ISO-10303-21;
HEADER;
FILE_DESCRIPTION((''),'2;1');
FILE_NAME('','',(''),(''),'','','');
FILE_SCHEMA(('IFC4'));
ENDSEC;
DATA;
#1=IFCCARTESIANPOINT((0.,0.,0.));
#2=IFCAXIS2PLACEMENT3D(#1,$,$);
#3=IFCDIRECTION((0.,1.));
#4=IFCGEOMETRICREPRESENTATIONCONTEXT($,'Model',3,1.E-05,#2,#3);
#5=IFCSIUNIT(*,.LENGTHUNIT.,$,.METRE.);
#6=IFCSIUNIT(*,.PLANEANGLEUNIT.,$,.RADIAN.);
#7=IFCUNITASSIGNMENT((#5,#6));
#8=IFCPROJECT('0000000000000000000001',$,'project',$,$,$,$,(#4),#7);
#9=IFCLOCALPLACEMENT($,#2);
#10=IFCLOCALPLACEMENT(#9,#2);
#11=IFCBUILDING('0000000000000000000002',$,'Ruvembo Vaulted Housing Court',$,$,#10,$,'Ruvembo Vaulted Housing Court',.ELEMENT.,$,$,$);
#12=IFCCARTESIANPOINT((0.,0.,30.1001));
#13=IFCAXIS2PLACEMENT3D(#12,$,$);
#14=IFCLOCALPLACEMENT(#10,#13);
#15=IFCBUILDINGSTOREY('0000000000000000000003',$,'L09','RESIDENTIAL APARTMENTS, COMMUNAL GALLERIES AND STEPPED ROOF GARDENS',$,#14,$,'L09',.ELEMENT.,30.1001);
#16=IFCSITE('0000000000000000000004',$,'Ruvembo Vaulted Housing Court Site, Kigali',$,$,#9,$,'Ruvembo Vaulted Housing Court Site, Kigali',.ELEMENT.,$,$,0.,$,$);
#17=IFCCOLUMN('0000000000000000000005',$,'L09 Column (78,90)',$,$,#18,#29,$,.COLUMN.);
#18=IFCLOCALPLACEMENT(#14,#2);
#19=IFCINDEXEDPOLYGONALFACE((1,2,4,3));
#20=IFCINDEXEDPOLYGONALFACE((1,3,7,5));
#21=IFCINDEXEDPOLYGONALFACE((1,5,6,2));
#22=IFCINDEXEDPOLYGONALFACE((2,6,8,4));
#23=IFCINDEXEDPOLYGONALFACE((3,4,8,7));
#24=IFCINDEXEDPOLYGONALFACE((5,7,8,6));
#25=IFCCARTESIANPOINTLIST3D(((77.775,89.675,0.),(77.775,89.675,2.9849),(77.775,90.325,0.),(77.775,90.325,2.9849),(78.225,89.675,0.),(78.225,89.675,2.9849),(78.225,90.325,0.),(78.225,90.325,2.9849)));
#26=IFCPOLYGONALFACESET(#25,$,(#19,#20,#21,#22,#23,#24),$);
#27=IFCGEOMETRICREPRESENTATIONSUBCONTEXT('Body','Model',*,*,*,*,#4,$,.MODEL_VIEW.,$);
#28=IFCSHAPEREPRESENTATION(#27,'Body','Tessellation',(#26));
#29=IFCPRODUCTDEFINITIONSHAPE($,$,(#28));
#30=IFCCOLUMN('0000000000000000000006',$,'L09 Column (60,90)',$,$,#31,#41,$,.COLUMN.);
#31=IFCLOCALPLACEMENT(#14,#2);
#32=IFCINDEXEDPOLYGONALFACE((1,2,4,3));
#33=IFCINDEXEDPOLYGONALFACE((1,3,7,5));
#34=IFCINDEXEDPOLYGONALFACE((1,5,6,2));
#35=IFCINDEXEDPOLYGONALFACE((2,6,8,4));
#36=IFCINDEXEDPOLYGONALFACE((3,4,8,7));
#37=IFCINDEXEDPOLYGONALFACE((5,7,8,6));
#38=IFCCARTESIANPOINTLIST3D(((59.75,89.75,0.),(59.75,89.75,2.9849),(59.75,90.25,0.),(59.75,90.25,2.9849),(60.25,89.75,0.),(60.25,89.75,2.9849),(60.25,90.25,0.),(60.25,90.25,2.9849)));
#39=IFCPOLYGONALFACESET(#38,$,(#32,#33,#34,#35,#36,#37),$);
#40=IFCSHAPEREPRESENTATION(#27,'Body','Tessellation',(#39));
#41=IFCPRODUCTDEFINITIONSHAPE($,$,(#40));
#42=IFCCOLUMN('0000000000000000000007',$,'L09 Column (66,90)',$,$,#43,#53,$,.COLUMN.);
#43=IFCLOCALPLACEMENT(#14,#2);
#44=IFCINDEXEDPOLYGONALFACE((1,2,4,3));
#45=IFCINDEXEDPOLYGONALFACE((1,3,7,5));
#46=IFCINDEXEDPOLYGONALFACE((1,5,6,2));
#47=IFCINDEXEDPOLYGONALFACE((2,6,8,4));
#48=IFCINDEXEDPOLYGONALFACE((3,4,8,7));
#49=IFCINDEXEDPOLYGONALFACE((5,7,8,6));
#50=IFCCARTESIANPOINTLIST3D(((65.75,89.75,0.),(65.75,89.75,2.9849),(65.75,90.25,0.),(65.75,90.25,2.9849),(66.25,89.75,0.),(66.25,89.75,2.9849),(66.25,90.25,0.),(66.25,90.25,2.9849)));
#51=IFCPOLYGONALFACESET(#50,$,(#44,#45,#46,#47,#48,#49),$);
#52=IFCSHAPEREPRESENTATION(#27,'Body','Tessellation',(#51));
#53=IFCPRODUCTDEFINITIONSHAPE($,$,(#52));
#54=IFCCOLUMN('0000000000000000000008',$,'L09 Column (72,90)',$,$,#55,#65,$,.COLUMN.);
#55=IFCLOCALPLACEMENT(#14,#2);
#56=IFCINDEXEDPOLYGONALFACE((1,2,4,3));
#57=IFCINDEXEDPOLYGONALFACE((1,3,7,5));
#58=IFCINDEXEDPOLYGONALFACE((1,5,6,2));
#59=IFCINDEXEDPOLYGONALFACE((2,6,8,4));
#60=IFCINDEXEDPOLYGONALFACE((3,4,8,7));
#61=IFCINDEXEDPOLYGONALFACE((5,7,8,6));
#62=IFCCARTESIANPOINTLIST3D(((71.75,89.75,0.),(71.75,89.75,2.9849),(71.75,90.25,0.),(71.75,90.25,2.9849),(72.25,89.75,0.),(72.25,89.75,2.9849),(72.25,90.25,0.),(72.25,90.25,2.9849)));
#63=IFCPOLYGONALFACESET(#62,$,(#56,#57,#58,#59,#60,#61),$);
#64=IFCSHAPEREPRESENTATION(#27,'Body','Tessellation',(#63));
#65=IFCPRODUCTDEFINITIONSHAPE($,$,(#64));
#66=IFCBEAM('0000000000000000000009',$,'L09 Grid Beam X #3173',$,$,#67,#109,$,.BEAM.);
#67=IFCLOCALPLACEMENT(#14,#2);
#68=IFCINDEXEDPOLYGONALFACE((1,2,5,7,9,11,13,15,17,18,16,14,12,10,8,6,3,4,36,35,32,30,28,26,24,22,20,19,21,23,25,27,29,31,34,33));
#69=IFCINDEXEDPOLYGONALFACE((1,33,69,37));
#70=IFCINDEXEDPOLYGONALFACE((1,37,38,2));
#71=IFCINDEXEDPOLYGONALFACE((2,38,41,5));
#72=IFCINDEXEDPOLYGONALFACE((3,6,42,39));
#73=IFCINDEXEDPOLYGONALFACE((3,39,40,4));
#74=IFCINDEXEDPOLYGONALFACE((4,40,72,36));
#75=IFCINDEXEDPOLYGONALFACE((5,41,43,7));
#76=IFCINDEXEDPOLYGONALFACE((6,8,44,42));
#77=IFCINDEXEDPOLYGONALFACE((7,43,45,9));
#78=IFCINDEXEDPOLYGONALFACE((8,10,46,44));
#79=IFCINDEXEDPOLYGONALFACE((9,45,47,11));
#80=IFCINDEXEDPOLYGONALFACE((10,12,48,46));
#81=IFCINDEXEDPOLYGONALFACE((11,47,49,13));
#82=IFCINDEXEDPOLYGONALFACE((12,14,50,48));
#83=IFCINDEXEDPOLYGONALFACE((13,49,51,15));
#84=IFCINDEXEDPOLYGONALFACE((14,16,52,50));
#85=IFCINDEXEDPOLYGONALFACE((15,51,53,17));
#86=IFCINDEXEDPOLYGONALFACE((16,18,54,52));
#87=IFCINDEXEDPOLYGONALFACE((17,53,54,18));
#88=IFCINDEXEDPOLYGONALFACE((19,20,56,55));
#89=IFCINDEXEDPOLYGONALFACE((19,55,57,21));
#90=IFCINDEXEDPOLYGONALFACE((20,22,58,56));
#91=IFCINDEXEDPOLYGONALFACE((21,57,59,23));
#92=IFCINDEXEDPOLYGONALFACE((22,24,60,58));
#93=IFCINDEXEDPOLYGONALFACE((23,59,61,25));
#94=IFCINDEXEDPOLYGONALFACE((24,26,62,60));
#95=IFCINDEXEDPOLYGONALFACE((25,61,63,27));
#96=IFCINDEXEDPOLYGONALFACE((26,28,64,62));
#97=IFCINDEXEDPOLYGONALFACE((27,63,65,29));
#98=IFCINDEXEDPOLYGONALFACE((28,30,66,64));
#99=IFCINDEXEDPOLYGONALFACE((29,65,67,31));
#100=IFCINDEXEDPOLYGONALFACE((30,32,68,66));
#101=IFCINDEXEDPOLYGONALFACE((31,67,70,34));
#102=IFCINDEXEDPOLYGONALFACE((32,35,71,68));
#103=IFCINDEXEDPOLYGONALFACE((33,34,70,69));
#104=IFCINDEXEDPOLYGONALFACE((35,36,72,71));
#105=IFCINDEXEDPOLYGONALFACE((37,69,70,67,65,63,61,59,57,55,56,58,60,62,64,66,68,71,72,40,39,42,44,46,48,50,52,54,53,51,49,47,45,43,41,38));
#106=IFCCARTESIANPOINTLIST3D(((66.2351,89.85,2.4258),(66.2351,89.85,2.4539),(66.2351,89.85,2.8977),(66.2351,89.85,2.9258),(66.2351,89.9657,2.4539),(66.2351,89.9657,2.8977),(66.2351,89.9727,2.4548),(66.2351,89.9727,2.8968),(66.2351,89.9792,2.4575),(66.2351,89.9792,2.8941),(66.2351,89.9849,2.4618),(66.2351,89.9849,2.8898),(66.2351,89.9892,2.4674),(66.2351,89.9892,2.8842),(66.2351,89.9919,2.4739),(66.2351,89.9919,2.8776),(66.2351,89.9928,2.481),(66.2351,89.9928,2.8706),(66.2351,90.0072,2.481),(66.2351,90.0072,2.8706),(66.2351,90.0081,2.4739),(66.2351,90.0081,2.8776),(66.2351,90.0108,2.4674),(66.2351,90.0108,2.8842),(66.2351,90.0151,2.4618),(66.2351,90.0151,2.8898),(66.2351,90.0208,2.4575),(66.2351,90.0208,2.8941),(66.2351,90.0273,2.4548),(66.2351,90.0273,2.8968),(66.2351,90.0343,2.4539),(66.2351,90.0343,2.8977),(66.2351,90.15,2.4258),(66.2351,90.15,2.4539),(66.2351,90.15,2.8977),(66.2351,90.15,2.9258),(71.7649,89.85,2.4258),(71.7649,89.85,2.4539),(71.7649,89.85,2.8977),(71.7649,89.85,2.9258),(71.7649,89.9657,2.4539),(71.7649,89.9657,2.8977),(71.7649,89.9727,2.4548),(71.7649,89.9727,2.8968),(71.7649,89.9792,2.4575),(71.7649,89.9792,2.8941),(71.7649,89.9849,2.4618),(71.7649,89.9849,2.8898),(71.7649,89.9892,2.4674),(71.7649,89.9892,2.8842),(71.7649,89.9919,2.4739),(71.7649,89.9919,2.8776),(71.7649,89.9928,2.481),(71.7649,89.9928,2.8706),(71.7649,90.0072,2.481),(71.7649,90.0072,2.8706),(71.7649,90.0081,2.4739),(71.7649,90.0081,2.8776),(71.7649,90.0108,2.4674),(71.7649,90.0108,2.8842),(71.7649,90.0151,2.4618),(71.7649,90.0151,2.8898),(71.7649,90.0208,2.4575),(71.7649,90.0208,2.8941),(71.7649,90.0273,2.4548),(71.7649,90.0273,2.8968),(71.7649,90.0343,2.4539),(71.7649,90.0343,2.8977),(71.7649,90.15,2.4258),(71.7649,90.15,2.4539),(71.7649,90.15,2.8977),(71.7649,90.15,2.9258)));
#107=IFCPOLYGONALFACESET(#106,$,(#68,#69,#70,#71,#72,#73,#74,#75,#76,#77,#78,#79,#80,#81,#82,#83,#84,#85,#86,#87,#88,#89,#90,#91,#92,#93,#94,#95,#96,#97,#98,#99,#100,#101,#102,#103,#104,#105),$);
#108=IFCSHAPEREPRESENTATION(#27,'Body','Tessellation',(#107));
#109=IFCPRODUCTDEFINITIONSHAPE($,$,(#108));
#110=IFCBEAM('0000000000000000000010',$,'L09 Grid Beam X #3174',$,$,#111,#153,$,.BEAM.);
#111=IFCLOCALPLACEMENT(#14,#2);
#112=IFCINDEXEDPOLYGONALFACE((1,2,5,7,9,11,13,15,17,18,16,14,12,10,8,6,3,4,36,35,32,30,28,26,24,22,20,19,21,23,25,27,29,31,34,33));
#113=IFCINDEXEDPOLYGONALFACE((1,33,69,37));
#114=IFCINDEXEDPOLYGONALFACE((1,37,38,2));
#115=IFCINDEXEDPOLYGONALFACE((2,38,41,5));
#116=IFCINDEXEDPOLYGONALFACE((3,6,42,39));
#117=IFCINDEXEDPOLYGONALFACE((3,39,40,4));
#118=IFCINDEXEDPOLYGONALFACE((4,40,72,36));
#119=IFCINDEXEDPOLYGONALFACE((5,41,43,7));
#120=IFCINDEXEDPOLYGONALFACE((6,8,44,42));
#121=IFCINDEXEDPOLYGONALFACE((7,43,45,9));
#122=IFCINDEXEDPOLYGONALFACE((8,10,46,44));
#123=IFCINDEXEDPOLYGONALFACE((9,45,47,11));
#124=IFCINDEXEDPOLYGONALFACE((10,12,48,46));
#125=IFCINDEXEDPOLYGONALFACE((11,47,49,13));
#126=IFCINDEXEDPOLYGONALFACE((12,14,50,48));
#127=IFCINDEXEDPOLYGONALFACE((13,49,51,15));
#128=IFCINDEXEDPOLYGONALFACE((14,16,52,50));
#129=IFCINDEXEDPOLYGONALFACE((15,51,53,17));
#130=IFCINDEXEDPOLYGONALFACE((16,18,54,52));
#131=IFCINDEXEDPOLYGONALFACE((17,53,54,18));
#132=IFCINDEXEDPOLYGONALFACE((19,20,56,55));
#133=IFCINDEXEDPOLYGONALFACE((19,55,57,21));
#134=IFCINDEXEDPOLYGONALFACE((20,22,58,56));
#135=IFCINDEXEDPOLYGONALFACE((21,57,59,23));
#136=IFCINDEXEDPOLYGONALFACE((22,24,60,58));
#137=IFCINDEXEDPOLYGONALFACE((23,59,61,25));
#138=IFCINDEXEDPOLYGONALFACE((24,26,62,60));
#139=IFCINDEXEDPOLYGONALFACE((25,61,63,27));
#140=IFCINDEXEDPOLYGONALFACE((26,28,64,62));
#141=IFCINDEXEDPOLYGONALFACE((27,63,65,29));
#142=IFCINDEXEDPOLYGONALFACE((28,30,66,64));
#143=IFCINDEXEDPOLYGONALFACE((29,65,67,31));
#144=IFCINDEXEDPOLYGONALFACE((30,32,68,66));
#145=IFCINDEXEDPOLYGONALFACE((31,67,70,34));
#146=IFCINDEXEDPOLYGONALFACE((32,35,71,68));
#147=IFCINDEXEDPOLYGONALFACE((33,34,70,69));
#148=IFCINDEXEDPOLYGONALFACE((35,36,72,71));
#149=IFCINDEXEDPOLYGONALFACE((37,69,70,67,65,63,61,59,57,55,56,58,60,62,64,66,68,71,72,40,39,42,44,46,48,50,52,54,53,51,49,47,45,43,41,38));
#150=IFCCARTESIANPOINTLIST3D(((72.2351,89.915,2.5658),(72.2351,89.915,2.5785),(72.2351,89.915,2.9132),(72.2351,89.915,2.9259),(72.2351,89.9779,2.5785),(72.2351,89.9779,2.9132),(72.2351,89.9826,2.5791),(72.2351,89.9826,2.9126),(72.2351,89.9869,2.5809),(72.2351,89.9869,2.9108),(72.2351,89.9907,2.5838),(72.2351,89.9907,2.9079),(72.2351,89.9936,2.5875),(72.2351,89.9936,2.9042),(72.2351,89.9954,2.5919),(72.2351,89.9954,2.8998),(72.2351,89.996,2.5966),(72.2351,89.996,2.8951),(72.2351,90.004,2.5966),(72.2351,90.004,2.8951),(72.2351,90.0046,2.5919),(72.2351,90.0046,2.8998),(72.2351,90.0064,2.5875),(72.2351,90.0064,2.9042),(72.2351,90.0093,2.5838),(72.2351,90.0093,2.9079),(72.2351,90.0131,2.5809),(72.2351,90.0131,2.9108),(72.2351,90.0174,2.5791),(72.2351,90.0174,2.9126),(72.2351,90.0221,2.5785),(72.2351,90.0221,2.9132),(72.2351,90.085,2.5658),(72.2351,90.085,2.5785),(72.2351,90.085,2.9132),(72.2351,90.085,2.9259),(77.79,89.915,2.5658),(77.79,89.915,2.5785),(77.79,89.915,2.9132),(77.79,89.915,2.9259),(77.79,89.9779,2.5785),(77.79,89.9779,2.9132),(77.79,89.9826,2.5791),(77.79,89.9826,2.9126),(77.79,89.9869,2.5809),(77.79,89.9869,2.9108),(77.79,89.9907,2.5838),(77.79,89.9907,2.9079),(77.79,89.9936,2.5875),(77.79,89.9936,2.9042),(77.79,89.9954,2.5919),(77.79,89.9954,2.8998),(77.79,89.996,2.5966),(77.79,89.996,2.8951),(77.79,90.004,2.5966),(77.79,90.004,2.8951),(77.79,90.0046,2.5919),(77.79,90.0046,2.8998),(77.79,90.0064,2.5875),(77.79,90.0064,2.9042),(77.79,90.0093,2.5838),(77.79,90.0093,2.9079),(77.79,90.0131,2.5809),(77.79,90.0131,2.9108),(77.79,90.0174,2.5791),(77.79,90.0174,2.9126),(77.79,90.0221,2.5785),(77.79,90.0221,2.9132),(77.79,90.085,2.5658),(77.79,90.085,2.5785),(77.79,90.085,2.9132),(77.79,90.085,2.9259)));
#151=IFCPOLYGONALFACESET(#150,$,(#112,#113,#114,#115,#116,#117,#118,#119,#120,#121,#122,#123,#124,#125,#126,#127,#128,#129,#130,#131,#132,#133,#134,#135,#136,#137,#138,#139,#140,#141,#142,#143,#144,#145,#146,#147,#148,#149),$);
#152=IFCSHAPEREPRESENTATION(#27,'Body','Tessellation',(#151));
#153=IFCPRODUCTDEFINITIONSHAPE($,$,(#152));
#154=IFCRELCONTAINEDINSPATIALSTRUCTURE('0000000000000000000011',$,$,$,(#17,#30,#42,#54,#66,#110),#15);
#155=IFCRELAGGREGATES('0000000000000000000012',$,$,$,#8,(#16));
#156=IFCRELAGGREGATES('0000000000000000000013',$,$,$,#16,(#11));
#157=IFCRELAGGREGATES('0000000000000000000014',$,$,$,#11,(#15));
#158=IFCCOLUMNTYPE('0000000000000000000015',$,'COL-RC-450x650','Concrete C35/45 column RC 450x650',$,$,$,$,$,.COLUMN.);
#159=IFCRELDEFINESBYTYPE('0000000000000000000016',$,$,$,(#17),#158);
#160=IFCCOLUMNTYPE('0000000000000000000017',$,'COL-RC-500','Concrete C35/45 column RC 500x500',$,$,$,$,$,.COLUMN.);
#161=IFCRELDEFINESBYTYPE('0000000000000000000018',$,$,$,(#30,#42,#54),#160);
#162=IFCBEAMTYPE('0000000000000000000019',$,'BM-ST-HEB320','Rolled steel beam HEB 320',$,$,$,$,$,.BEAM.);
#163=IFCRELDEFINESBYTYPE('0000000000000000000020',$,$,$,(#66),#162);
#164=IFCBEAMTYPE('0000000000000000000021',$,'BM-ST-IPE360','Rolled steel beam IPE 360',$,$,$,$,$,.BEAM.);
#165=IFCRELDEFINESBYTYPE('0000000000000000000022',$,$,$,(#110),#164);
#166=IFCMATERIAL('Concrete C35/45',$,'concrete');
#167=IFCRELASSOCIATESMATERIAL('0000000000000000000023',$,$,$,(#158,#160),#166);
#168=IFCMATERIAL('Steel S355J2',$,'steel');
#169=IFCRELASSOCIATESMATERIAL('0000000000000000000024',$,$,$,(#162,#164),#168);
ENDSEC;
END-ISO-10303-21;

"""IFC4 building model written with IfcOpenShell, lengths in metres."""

from ifc_helpers import new_model, si_unit, direction, frame, origin, origin_2d, place, context, subcontext, project, spatial, rectangle, i_section, extrude, material, material_profile, profile_set, type_object, element, save


model = new_model("IFC4")

# Units and contexts
model_context = context("Model", 3, precision=1e-05, world=origin(), true_north=direction((0.0, 1.0)))
body_context = subcontext(model_context, "Body", "Model", "MODEL_VIEW")
ifc_project = project(units=[si_unit("LENGTHUNIT", "METRE"), si_unit("PLANEANGLEUNIT", "RADIAN")], contexts=[model_context])

# Site, building, storey
site_placement = place(None, origin())
site = spatial("IfcSite", under=ifc_project, at=site_placement, Name="Ruvembo Vaulted Housing Court Site, Kigali", LongName="Ruvembo Vaulted Housing Court Site, Kigali", CompositionType="ELEMENT", RefElevation=0.0)
building_placement = place(site_placement, origin())
building = spatial("IfcBuilding", under=site, at=building_placement, Name="Ruvembo Vaulted Housing Court", LongName="Ruvembo Vaulted Housing Court", CompositionType="ELEMENT")
storey_placement = place(building_placement, frame((0.0, 0.0, 30.1001)))
storey = spatial("IfcBuildingStorey", under=building, at=storey_placement, Name="L09", Description="RESIDENTIAL APARTMENTS, COMMUNAL GALLERIES AND STEPPED ROOF GARDENS", LongName="L09", CompositionType="ELEMENT", Elevation=30.1001)

# Columns
ifc_material_1 = material(Name="Concrete C35/45", Category="concrete")
ifc_material_profile_1 = material_profile(ifc_material_1, rectangle(XDim=0.45, YDim=0.6499, at=origin_2d()), Name="RC 450x650")
ifc_profile_set_1 = profile_set([ifc_material_profile_1], Name="Concrete C35/45")
column_type_1 = type_object("IfcColumnType", Name="COL-RC-450x650", Description="Concrete C35/45 column RC 450x650", PredefinedType="COLUMN", material=ifc_profile_set_1)
column_placement = place(storey_placement, frame((78.0, 90.0, 0.0), z_axis=(0.0, 0.0, 1.0), x_axis=(1.0, 0.0, 0.0)))
element("IfcColumn", 1, at=column_placement, inside=storey, type_object=column_type_1, Name="L09 Column (78,90)", PredefinedType="COLUMN", context=body_context, shape_type="SweptSolid", body=[
    extrude(rectangle(XDim=0.45, YDim=0.6499, at=origin_2d()), origin(), (0.0, 0.0, 1.0), 2.9849),
])
ifc_material_profile_2 = material_profile(ifc_material_1, rectangle(XDim=0.5, YDim=0.5, at=origin_2d()), Name="RC 500x500")
ifc_profile_set_2 = profile_set([ifc_material_profile_2], Name="Concrete C35/45")
column_type_2 = type_object("IfcColumnType", Name="COL-RC-500", Description="Concrete C35/45 column RC 500x500", PredefinedType="COLUMN", material=ifc_profile_set_2)
for number, where, z_axis, x_axis, name in (
    (2, (60.0, 90.0, 0.0), (0.0, 0.0, 1.0), (1.0, 0.0, 0.0), "L09 Column (60,90)"),
    (3, (66.0, 90.0, 0.0), (0.0, 0.0, 1.0), (1.0, 0.0, 0.0), "L09 Column (66,90)"),
    (4, (72.0, 90.0, 0.0), (0.0, 0.0, 1.0), (1.0, 0.0, 0.0), "L09 Column (72,90)"),
):
    element("IfcColumn", number, at=place(storey_placement, frame(where, z_axis=z_axis, x_axis=x_axis)), inside=storey, type_object=column_type_2, Name=name, PredefinedType="COLUMN", context=body_context, shape_type="SweptSolid", body=[
        extrude(rectangle(XDim=0.5, YDim=0.5, at=origin_2d()), origin(), (0.0, 0.0, 1.0), 2.9849),
    ])

# Beams
ifc_material_2 = material(Name="Steel S355J2", Category="steel")
ifc_material_profile_3 = material_profile(ifc_material_2, i_section(OverallWidth=0.3, OverallDepth=0.5, WebThickness=0.0144, FlangeThickness=0.0281, FilletRadius=0.0271, at=origin_2d()), Name="HEB 320")
ifc_profile_set_3 = profile_set([ifc_material_profile_3], Name="Steel S355J2")
beam_type_1 = type_object("IfcBeamType", Name="BM-ST-HEB320", Description="Rolled steel beam HEB 320", PredefinedType="BEAM", material=ifc_profile_set_3)
beam_1_placement = place(storey_placement, frame((66.2351, 90.0, 2.6758), z_axis=(1.0, 0.0, 0.0), x_axis=(0.0, 1.0, 0.0)))
element("IfcBeam", 5, at=beam_1_placement, inside=storey, type_object=beam_type_1, Name="L09 Grid Beam X #3173", PredefinedType="BEAM", context=body_context, shape_type="SweptSolid", body=[
    extrude(i_section(OverallWidth=0.3, OverallDepth=0.5, WebThickness=0.0144, FlangeThickness=0.0281, FilletRadius=0.0271, at=origin_2d()), origin(), (0.0, 0.0, 1.0), 5.5298),
])
ifc_material_profile_4 = material_profile(ifc_material_2, i_section(OverallWidth=0.1699, OverallDepth=0.3601, WebThickness=0.0081, FlangeThickness=0.0127, FilletRadius=0.0181, at=origin_2d()), Name="IPE 360")
ifc_profile_set_4 = profile_set([ifc_material_profile_4], Name="Steel S355J2")
beam_type_2 = type_object("IfcBeamType", Name="BM-ST-IPE360", Description="Rolled steel beam IPE 360", PredefinedType="BEAM", material=ifc_profile_set_4)
beam_2_placement = place(storey_placement, frame((72.2351, 90.0, 2.7458), z_axis=(1.0, 0.0, 0.0), x_axis=(0.0, 1.0, 0.0)))
element("IfcBeam", 6, at=beam_2_placement, inside=storey, type_object=beam_type_2, Name="L09 Grid Beam X #3174", PredefinedType="BEAM", context=body_context, shape_type="SweptSolid", body=[
    extrude(i_section(OverallWidth=0.1699, OverallDepth=0.3601, WebThickness=0.0081, FlangeThickness=0.0127, FilletRadius=0.0181, at=origin_2d()), origin(), (0.0, 0.0, 1.0), 5.5549),
])

save(model, "model.ifc")
